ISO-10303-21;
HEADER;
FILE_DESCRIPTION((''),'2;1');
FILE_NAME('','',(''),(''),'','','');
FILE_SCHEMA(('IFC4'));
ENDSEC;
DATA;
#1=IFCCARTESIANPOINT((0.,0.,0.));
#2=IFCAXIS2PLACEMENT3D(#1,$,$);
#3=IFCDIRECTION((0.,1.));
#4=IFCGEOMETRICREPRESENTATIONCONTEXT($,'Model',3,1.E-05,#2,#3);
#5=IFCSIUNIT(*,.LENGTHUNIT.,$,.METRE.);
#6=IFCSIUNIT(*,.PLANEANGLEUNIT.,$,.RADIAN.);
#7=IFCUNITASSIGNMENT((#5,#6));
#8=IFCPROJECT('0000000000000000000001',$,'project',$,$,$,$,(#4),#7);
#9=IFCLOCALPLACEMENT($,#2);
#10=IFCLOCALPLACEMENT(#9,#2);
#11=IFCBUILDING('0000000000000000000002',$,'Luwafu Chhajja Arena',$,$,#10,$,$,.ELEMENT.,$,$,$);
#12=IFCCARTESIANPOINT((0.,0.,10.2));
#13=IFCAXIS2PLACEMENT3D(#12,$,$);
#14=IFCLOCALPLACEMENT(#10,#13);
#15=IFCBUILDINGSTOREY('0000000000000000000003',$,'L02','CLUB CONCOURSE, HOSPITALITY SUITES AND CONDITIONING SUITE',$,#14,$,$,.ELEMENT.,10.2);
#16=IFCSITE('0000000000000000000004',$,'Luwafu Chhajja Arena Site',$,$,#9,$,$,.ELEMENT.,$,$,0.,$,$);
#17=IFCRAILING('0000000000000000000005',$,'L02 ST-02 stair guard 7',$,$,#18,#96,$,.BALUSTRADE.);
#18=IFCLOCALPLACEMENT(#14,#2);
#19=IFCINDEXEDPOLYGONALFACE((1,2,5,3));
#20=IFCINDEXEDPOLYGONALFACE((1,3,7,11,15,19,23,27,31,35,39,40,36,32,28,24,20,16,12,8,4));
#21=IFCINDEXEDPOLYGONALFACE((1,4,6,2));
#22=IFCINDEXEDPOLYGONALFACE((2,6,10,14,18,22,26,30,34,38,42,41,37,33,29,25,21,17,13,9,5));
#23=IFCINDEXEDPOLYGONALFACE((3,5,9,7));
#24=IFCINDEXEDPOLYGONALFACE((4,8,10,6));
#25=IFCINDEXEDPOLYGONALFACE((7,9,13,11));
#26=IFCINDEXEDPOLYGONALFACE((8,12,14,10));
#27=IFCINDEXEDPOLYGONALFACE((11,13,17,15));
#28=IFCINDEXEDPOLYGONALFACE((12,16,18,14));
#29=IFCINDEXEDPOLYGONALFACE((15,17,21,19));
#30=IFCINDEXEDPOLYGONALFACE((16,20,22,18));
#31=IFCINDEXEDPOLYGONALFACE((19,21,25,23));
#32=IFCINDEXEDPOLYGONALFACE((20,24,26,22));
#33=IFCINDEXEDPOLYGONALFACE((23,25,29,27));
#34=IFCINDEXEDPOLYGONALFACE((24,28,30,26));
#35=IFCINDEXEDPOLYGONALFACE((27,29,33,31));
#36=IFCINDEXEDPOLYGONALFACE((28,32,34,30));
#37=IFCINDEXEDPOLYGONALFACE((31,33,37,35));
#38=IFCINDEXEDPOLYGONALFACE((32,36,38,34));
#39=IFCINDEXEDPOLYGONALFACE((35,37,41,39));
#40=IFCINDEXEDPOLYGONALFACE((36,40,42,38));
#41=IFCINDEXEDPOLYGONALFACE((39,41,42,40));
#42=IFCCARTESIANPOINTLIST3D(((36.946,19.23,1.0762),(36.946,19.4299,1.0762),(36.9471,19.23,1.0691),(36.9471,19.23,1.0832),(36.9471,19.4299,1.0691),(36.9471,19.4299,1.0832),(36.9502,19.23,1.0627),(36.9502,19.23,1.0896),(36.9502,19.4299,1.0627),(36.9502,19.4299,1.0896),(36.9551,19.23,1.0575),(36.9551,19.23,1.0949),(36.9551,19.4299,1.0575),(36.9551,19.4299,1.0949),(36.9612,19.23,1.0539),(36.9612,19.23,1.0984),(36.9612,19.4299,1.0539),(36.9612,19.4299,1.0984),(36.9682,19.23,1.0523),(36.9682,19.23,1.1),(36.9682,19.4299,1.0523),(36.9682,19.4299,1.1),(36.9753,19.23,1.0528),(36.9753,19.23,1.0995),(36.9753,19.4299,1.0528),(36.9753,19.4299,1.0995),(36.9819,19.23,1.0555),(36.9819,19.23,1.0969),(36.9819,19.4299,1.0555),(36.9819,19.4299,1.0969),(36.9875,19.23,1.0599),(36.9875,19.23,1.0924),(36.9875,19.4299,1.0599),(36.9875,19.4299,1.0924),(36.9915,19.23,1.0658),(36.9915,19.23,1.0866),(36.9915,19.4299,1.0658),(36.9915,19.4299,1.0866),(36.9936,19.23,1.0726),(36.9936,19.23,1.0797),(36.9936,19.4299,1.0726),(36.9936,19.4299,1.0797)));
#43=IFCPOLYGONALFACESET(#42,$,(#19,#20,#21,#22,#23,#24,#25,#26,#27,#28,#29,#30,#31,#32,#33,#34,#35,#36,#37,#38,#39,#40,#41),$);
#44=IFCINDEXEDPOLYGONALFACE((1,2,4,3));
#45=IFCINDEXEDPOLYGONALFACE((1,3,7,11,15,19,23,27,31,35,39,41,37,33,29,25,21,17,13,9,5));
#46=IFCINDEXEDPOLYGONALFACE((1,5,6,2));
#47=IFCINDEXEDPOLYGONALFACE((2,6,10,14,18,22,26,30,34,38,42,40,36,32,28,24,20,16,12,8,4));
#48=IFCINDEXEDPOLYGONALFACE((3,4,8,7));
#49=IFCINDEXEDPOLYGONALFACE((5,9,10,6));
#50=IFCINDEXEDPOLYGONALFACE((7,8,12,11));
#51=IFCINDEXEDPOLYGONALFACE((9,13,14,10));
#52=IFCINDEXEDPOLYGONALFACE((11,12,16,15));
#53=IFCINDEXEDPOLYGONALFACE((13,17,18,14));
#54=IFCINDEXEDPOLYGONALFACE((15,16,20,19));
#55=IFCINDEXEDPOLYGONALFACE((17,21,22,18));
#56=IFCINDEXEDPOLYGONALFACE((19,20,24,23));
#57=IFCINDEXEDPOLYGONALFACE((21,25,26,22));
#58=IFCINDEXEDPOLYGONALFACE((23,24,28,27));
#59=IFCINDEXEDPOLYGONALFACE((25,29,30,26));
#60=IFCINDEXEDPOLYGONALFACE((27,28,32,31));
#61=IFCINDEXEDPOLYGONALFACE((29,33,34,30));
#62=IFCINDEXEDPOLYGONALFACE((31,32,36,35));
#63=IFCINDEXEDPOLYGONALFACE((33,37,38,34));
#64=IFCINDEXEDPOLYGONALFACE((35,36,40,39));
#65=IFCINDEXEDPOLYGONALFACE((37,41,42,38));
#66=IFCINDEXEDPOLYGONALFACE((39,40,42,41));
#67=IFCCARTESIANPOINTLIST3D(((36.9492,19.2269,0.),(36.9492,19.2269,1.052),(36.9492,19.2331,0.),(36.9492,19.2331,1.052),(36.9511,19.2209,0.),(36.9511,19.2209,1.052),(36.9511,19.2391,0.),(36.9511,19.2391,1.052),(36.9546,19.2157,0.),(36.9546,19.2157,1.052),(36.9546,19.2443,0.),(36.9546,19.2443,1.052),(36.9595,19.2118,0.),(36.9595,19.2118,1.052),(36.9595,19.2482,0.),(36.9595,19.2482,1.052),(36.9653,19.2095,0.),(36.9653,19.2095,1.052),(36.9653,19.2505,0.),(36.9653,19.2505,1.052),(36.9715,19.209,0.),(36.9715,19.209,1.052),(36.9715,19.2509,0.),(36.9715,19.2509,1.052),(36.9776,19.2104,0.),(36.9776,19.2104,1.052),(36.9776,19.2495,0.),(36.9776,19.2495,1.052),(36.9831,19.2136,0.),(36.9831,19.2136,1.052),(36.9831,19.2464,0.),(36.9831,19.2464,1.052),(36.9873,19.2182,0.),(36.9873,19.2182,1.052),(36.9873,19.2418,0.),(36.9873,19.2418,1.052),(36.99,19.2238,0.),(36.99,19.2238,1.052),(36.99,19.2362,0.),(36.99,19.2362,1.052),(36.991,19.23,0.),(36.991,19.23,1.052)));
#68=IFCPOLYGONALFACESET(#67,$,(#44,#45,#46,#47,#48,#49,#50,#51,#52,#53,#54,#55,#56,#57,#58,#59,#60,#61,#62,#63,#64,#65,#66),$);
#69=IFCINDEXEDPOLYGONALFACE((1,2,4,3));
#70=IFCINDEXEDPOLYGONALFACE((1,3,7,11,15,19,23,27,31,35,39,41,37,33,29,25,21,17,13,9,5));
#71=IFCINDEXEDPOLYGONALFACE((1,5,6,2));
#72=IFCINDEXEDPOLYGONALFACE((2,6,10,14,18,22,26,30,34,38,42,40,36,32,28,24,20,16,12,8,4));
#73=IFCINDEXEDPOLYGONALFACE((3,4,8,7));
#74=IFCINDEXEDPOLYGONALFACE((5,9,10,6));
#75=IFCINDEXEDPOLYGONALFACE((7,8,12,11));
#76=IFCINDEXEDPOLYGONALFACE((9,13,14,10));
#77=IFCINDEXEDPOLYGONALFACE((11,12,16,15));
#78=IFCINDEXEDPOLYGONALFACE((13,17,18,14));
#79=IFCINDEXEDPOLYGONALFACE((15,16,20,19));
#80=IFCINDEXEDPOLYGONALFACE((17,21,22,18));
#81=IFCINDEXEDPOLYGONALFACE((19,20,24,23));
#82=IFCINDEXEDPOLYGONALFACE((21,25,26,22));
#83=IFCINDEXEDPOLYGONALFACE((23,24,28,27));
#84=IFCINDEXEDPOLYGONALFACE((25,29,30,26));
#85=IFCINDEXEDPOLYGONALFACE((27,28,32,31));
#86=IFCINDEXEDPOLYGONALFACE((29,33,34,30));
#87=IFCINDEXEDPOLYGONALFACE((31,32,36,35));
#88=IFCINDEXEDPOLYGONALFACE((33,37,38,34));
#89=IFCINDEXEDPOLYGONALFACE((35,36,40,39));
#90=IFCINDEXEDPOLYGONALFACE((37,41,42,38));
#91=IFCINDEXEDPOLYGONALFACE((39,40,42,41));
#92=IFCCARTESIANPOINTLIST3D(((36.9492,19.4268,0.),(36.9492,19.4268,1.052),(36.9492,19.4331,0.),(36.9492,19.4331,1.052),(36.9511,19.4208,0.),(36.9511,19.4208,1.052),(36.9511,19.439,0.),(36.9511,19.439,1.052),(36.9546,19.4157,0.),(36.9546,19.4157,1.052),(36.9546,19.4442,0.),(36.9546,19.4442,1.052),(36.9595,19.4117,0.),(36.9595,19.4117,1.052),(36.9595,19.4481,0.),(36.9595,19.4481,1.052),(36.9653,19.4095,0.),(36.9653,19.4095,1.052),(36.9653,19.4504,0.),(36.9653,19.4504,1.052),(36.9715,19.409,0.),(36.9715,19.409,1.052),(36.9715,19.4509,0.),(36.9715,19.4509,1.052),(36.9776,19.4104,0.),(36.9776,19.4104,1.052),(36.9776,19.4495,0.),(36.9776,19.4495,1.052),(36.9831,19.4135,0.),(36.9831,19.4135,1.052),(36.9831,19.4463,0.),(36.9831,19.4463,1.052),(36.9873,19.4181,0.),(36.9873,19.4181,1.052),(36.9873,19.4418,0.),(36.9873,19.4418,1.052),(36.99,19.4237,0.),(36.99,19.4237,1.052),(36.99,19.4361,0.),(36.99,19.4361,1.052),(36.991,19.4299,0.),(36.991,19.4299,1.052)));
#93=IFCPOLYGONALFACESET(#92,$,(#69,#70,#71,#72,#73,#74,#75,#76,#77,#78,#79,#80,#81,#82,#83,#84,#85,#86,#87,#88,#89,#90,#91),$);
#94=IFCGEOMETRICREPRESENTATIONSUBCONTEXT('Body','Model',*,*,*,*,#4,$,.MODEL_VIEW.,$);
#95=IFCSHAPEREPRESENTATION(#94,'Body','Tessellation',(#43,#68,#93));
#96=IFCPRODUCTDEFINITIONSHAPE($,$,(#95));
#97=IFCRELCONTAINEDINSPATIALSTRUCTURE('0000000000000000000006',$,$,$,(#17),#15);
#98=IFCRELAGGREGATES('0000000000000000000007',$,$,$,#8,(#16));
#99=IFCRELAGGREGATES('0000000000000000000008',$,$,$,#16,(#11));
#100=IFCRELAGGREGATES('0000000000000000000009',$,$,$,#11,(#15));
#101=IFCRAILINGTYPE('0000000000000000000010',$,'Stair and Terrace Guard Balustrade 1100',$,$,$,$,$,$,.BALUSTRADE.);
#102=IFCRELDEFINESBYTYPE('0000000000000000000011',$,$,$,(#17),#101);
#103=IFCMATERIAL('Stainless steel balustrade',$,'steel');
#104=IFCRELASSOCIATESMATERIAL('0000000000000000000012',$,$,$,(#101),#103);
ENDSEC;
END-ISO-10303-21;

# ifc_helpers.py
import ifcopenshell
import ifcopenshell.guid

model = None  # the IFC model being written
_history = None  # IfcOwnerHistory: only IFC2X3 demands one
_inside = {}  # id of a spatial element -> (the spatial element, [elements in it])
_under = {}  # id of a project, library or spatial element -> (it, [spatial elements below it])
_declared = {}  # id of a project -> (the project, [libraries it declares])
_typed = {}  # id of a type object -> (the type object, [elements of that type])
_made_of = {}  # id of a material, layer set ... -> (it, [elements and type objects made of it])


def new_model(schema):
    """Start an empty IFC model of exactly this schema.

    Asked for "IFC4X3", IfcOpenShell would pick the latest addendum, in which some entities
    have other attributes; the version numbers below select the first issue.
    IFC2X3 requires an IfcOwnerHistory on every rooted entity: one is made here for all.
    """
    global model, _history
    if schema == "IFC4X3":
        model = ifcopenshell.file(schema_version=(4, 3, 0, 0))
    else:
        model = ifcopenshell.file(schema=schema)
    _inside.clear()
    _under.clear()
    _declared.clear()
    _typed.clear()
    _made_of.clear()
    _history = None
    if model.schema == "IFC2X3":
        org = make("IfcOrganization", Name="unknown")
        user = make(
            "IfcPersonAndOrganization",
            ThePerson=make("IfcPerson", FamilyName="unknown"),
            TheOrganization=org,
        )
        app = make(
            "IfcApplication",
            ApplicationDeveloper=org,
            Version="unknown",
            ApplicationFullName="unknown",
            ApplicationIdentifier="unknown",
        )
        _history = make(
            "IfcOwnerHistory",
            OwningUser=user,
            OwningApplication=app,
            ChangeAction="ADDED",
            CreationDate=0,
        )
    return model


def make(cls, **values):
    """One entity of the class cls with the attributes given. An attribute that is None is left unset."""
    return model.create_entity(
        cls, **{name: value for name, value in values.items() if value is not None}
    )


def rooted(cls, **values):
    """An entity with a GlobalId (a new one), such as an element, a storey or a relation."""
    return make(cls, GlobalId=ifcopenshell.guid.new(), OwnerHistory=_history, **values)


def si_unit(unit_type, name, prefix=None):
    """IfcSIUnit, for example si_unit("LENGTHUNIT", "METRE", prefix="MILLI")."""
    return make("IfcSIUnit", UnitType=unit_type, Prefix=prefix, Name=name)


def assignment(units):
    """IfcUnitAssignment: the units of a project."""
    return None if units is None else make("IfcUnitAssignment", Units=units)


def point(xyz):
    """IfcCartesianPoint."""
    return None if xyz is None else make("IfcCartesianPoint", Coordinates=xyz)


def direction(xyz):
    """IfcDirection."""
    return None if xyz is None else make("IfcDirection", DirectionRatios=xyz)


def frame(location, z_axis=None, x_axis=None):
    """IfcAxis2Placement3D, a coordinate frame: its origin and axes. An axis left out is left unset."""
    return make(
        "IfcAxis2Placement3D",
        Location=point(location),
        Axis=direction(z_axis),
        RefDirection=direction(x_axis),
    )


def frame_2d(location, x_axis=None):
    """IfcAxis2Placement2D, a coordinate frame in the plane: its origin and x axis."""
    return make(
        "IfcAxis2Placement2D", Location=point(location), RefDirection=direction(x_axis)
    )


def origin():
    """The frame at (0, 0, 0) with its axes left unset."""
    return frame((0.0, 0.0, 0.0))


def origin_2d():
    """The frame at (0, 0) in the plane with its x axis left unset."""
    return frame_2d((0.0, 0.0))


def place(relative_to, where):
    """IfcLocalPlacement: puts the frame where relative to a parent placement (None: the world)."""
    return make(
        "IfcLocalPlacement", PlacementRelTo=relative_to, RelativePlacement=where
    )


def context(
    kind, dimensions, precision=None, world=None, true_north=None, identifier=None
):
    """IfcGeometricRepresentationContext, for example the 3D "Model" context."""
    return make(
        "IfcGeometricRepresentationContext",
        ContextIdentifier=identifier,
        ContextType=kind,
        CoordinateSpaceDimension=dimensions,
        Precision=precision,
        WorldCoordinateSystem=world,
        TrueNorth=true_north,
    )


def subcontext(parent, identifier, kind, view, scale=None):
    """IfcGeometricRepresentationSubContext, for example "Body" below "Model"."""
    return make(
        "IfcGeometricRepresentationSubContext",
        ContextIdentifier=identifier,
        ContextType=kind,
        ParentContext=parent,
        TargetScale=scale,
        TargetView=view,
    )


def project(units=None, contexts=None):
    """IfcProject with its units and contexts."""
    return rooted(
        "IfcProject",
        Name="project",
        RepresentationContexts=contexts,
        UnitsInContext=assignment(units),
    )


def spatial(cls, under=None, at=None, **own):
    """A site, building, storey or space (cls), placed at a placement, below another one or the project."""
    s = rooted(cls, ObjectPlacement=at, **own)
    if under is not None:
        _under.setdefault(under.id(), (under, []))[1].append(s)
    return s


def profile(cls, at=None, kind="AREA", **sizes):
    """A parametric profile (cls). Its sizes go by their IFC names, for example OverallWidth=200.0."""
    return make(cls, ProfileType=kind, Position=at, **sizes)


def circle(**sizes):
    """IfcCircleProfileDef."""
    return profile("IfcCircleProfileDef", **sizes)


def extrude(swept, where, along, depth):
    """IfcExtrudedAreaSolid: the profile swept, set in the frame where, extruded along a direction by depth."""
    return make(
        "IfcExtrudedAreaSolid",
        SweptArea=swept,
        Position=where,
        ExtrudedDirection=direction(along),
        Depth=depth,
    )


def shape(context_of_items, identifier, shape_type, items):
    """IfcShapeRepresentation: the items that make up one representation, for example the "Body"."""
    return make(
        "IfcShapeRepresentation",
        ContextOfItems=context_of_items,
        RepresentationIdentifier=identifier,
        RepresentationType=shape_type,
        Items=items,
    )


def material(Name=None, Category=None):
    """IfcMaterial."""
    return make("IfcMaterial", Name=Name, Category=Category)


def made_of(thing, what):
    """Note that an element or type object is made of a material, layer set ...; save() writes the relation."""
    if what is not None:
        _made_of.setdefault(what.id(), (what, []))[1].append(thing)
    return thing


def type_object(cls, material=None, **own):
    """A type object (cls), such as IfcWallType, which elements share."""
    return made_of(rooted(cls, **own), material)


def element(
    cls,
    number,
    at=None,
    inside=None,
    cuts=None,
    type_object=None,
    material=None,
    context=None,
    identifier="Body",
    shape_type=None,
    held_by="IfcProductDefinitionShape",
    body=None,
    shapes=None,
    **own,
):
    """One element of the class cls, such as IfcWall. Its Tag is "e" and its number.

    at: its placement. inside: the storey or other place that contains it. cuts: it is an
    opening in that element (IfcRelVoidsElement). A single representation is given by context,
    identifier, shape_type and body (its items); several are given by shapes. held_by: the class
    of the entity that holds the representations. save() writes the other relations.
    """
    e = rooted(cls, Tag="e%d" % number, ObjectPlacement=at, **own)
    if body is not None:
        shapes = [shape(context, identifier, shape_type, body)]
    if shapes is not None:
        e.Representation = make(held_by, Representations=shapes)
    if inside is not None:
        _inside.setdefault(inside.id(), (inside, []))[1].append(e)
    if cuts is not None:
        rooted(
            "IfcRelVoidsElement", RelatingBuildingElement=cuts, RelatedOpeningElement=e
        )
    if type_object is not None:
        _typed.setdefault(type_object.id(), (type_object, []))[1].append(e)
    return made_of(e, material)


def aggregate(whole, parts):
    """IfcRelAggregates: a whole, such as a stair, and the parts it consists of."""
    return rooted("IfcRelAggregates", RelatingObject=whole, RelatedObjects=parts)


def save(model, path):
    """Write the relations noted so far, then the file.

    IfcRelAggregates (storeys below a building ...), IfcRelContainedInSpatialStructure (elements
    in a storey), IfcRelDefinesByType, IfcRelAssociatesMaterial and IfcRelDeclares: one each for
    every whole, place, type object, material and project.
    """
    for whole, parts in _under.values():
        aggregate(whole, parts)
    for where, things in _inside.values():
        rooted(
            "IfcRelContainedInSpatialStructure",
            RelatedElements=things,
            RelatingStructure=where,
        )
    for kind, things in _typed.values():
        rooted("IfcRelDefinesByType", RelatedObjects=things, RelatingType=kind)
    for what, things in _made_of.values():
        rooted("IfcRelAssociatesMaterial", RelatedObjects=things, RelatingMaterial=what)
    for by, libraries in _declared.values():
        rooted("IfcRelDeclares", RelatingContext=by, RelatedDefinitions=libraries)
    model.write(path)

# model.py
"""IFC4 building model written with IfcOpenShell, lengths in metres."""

from ifc_helpers import new_model, si_unit, direction, frame, origin, origin_2d, place, context, subcontext, project, spatial, circle, extrude, material, type_object, element, save


model = new_model("IFC4")

# Units and contexts
model_context = context("Model", 3, precision=1e-05, world=origin(), true_north=direction((0.0, 1.0)))
body_context = subcontext(model_context, "Body", "Model", "MODEL_VIEW")
ifc_project = project(units=[si_unit("LENGTHUNIT", "METRE"), si_unit("PLANEANGLEUNIT", "RADIAN")], contexts=[model_context])

# Site, building, storey
site_placement = place(None, origin())
site = spatial("IfcSite", under=ifc_project, at=site_placement, Name="Luwafu Chhajja Arena Site", CompositionType="ELEMENT", RefElevation=0.0)
building_placement = place(site_placement, origin())
building = spatial("IfcBuilding", under=site, at=building_placement, Name="Luwafu Chhajja Arena", CompositionType="ELEMENT")
storey_placement = place(building_placement, frame((0.0, 0.0, 10.2)))
storey = spatial("IfcBuildingStorey", under=building, at=storey_placement, Name="L02", Description="CLUB CONCOURSE, HOSPITALITY SUITES AND CONDITIONING SUITE", CompositionType="ELEMENT", Elevation=10.2)

# Railing
ifc_material_1 = material(Name="Stainless steel balustrade", Category="steel")
railing_type_1 = type_object("IfcRailingType", Name="Stair and Terrace Guard Balustrade 1100", PredefinedType="BALUSTRADE", material=ifc_material_1)
railing_1_placement = place(storey_placement, frame((36.97, 19.23, 0.0)))
element("IfcRailing", 1, at=railing_1_placement, inside=storey, type_object=railing_type_1, Name="L02 ST-02 stair guard 7", PredefinedType="BALUSTRADE", context=body_context, shape_type="SweptSolid", body=[
    extrude(circle(Radius=0.0239, at=origin_2d()), frame((0.0, 0.0, 1.0762), z_axis=(0.0, 1.0, 0.0), x_axis=(-1.0, 0.0, 0.0)), (0.0, 0.0, 1.0), 0.2),
    extrude(circle(Radius=0.021, at=origin_2d()), origin(), (0.0, 0.0, 1.0), 1.052),
    extrude(circle(Radius=0.021, at=origin_2d()), frame((0.0, 0.2, 0.0)), (0.0, 0.0, 1.0), 1.052),
])

save(model, "model.ifc")
